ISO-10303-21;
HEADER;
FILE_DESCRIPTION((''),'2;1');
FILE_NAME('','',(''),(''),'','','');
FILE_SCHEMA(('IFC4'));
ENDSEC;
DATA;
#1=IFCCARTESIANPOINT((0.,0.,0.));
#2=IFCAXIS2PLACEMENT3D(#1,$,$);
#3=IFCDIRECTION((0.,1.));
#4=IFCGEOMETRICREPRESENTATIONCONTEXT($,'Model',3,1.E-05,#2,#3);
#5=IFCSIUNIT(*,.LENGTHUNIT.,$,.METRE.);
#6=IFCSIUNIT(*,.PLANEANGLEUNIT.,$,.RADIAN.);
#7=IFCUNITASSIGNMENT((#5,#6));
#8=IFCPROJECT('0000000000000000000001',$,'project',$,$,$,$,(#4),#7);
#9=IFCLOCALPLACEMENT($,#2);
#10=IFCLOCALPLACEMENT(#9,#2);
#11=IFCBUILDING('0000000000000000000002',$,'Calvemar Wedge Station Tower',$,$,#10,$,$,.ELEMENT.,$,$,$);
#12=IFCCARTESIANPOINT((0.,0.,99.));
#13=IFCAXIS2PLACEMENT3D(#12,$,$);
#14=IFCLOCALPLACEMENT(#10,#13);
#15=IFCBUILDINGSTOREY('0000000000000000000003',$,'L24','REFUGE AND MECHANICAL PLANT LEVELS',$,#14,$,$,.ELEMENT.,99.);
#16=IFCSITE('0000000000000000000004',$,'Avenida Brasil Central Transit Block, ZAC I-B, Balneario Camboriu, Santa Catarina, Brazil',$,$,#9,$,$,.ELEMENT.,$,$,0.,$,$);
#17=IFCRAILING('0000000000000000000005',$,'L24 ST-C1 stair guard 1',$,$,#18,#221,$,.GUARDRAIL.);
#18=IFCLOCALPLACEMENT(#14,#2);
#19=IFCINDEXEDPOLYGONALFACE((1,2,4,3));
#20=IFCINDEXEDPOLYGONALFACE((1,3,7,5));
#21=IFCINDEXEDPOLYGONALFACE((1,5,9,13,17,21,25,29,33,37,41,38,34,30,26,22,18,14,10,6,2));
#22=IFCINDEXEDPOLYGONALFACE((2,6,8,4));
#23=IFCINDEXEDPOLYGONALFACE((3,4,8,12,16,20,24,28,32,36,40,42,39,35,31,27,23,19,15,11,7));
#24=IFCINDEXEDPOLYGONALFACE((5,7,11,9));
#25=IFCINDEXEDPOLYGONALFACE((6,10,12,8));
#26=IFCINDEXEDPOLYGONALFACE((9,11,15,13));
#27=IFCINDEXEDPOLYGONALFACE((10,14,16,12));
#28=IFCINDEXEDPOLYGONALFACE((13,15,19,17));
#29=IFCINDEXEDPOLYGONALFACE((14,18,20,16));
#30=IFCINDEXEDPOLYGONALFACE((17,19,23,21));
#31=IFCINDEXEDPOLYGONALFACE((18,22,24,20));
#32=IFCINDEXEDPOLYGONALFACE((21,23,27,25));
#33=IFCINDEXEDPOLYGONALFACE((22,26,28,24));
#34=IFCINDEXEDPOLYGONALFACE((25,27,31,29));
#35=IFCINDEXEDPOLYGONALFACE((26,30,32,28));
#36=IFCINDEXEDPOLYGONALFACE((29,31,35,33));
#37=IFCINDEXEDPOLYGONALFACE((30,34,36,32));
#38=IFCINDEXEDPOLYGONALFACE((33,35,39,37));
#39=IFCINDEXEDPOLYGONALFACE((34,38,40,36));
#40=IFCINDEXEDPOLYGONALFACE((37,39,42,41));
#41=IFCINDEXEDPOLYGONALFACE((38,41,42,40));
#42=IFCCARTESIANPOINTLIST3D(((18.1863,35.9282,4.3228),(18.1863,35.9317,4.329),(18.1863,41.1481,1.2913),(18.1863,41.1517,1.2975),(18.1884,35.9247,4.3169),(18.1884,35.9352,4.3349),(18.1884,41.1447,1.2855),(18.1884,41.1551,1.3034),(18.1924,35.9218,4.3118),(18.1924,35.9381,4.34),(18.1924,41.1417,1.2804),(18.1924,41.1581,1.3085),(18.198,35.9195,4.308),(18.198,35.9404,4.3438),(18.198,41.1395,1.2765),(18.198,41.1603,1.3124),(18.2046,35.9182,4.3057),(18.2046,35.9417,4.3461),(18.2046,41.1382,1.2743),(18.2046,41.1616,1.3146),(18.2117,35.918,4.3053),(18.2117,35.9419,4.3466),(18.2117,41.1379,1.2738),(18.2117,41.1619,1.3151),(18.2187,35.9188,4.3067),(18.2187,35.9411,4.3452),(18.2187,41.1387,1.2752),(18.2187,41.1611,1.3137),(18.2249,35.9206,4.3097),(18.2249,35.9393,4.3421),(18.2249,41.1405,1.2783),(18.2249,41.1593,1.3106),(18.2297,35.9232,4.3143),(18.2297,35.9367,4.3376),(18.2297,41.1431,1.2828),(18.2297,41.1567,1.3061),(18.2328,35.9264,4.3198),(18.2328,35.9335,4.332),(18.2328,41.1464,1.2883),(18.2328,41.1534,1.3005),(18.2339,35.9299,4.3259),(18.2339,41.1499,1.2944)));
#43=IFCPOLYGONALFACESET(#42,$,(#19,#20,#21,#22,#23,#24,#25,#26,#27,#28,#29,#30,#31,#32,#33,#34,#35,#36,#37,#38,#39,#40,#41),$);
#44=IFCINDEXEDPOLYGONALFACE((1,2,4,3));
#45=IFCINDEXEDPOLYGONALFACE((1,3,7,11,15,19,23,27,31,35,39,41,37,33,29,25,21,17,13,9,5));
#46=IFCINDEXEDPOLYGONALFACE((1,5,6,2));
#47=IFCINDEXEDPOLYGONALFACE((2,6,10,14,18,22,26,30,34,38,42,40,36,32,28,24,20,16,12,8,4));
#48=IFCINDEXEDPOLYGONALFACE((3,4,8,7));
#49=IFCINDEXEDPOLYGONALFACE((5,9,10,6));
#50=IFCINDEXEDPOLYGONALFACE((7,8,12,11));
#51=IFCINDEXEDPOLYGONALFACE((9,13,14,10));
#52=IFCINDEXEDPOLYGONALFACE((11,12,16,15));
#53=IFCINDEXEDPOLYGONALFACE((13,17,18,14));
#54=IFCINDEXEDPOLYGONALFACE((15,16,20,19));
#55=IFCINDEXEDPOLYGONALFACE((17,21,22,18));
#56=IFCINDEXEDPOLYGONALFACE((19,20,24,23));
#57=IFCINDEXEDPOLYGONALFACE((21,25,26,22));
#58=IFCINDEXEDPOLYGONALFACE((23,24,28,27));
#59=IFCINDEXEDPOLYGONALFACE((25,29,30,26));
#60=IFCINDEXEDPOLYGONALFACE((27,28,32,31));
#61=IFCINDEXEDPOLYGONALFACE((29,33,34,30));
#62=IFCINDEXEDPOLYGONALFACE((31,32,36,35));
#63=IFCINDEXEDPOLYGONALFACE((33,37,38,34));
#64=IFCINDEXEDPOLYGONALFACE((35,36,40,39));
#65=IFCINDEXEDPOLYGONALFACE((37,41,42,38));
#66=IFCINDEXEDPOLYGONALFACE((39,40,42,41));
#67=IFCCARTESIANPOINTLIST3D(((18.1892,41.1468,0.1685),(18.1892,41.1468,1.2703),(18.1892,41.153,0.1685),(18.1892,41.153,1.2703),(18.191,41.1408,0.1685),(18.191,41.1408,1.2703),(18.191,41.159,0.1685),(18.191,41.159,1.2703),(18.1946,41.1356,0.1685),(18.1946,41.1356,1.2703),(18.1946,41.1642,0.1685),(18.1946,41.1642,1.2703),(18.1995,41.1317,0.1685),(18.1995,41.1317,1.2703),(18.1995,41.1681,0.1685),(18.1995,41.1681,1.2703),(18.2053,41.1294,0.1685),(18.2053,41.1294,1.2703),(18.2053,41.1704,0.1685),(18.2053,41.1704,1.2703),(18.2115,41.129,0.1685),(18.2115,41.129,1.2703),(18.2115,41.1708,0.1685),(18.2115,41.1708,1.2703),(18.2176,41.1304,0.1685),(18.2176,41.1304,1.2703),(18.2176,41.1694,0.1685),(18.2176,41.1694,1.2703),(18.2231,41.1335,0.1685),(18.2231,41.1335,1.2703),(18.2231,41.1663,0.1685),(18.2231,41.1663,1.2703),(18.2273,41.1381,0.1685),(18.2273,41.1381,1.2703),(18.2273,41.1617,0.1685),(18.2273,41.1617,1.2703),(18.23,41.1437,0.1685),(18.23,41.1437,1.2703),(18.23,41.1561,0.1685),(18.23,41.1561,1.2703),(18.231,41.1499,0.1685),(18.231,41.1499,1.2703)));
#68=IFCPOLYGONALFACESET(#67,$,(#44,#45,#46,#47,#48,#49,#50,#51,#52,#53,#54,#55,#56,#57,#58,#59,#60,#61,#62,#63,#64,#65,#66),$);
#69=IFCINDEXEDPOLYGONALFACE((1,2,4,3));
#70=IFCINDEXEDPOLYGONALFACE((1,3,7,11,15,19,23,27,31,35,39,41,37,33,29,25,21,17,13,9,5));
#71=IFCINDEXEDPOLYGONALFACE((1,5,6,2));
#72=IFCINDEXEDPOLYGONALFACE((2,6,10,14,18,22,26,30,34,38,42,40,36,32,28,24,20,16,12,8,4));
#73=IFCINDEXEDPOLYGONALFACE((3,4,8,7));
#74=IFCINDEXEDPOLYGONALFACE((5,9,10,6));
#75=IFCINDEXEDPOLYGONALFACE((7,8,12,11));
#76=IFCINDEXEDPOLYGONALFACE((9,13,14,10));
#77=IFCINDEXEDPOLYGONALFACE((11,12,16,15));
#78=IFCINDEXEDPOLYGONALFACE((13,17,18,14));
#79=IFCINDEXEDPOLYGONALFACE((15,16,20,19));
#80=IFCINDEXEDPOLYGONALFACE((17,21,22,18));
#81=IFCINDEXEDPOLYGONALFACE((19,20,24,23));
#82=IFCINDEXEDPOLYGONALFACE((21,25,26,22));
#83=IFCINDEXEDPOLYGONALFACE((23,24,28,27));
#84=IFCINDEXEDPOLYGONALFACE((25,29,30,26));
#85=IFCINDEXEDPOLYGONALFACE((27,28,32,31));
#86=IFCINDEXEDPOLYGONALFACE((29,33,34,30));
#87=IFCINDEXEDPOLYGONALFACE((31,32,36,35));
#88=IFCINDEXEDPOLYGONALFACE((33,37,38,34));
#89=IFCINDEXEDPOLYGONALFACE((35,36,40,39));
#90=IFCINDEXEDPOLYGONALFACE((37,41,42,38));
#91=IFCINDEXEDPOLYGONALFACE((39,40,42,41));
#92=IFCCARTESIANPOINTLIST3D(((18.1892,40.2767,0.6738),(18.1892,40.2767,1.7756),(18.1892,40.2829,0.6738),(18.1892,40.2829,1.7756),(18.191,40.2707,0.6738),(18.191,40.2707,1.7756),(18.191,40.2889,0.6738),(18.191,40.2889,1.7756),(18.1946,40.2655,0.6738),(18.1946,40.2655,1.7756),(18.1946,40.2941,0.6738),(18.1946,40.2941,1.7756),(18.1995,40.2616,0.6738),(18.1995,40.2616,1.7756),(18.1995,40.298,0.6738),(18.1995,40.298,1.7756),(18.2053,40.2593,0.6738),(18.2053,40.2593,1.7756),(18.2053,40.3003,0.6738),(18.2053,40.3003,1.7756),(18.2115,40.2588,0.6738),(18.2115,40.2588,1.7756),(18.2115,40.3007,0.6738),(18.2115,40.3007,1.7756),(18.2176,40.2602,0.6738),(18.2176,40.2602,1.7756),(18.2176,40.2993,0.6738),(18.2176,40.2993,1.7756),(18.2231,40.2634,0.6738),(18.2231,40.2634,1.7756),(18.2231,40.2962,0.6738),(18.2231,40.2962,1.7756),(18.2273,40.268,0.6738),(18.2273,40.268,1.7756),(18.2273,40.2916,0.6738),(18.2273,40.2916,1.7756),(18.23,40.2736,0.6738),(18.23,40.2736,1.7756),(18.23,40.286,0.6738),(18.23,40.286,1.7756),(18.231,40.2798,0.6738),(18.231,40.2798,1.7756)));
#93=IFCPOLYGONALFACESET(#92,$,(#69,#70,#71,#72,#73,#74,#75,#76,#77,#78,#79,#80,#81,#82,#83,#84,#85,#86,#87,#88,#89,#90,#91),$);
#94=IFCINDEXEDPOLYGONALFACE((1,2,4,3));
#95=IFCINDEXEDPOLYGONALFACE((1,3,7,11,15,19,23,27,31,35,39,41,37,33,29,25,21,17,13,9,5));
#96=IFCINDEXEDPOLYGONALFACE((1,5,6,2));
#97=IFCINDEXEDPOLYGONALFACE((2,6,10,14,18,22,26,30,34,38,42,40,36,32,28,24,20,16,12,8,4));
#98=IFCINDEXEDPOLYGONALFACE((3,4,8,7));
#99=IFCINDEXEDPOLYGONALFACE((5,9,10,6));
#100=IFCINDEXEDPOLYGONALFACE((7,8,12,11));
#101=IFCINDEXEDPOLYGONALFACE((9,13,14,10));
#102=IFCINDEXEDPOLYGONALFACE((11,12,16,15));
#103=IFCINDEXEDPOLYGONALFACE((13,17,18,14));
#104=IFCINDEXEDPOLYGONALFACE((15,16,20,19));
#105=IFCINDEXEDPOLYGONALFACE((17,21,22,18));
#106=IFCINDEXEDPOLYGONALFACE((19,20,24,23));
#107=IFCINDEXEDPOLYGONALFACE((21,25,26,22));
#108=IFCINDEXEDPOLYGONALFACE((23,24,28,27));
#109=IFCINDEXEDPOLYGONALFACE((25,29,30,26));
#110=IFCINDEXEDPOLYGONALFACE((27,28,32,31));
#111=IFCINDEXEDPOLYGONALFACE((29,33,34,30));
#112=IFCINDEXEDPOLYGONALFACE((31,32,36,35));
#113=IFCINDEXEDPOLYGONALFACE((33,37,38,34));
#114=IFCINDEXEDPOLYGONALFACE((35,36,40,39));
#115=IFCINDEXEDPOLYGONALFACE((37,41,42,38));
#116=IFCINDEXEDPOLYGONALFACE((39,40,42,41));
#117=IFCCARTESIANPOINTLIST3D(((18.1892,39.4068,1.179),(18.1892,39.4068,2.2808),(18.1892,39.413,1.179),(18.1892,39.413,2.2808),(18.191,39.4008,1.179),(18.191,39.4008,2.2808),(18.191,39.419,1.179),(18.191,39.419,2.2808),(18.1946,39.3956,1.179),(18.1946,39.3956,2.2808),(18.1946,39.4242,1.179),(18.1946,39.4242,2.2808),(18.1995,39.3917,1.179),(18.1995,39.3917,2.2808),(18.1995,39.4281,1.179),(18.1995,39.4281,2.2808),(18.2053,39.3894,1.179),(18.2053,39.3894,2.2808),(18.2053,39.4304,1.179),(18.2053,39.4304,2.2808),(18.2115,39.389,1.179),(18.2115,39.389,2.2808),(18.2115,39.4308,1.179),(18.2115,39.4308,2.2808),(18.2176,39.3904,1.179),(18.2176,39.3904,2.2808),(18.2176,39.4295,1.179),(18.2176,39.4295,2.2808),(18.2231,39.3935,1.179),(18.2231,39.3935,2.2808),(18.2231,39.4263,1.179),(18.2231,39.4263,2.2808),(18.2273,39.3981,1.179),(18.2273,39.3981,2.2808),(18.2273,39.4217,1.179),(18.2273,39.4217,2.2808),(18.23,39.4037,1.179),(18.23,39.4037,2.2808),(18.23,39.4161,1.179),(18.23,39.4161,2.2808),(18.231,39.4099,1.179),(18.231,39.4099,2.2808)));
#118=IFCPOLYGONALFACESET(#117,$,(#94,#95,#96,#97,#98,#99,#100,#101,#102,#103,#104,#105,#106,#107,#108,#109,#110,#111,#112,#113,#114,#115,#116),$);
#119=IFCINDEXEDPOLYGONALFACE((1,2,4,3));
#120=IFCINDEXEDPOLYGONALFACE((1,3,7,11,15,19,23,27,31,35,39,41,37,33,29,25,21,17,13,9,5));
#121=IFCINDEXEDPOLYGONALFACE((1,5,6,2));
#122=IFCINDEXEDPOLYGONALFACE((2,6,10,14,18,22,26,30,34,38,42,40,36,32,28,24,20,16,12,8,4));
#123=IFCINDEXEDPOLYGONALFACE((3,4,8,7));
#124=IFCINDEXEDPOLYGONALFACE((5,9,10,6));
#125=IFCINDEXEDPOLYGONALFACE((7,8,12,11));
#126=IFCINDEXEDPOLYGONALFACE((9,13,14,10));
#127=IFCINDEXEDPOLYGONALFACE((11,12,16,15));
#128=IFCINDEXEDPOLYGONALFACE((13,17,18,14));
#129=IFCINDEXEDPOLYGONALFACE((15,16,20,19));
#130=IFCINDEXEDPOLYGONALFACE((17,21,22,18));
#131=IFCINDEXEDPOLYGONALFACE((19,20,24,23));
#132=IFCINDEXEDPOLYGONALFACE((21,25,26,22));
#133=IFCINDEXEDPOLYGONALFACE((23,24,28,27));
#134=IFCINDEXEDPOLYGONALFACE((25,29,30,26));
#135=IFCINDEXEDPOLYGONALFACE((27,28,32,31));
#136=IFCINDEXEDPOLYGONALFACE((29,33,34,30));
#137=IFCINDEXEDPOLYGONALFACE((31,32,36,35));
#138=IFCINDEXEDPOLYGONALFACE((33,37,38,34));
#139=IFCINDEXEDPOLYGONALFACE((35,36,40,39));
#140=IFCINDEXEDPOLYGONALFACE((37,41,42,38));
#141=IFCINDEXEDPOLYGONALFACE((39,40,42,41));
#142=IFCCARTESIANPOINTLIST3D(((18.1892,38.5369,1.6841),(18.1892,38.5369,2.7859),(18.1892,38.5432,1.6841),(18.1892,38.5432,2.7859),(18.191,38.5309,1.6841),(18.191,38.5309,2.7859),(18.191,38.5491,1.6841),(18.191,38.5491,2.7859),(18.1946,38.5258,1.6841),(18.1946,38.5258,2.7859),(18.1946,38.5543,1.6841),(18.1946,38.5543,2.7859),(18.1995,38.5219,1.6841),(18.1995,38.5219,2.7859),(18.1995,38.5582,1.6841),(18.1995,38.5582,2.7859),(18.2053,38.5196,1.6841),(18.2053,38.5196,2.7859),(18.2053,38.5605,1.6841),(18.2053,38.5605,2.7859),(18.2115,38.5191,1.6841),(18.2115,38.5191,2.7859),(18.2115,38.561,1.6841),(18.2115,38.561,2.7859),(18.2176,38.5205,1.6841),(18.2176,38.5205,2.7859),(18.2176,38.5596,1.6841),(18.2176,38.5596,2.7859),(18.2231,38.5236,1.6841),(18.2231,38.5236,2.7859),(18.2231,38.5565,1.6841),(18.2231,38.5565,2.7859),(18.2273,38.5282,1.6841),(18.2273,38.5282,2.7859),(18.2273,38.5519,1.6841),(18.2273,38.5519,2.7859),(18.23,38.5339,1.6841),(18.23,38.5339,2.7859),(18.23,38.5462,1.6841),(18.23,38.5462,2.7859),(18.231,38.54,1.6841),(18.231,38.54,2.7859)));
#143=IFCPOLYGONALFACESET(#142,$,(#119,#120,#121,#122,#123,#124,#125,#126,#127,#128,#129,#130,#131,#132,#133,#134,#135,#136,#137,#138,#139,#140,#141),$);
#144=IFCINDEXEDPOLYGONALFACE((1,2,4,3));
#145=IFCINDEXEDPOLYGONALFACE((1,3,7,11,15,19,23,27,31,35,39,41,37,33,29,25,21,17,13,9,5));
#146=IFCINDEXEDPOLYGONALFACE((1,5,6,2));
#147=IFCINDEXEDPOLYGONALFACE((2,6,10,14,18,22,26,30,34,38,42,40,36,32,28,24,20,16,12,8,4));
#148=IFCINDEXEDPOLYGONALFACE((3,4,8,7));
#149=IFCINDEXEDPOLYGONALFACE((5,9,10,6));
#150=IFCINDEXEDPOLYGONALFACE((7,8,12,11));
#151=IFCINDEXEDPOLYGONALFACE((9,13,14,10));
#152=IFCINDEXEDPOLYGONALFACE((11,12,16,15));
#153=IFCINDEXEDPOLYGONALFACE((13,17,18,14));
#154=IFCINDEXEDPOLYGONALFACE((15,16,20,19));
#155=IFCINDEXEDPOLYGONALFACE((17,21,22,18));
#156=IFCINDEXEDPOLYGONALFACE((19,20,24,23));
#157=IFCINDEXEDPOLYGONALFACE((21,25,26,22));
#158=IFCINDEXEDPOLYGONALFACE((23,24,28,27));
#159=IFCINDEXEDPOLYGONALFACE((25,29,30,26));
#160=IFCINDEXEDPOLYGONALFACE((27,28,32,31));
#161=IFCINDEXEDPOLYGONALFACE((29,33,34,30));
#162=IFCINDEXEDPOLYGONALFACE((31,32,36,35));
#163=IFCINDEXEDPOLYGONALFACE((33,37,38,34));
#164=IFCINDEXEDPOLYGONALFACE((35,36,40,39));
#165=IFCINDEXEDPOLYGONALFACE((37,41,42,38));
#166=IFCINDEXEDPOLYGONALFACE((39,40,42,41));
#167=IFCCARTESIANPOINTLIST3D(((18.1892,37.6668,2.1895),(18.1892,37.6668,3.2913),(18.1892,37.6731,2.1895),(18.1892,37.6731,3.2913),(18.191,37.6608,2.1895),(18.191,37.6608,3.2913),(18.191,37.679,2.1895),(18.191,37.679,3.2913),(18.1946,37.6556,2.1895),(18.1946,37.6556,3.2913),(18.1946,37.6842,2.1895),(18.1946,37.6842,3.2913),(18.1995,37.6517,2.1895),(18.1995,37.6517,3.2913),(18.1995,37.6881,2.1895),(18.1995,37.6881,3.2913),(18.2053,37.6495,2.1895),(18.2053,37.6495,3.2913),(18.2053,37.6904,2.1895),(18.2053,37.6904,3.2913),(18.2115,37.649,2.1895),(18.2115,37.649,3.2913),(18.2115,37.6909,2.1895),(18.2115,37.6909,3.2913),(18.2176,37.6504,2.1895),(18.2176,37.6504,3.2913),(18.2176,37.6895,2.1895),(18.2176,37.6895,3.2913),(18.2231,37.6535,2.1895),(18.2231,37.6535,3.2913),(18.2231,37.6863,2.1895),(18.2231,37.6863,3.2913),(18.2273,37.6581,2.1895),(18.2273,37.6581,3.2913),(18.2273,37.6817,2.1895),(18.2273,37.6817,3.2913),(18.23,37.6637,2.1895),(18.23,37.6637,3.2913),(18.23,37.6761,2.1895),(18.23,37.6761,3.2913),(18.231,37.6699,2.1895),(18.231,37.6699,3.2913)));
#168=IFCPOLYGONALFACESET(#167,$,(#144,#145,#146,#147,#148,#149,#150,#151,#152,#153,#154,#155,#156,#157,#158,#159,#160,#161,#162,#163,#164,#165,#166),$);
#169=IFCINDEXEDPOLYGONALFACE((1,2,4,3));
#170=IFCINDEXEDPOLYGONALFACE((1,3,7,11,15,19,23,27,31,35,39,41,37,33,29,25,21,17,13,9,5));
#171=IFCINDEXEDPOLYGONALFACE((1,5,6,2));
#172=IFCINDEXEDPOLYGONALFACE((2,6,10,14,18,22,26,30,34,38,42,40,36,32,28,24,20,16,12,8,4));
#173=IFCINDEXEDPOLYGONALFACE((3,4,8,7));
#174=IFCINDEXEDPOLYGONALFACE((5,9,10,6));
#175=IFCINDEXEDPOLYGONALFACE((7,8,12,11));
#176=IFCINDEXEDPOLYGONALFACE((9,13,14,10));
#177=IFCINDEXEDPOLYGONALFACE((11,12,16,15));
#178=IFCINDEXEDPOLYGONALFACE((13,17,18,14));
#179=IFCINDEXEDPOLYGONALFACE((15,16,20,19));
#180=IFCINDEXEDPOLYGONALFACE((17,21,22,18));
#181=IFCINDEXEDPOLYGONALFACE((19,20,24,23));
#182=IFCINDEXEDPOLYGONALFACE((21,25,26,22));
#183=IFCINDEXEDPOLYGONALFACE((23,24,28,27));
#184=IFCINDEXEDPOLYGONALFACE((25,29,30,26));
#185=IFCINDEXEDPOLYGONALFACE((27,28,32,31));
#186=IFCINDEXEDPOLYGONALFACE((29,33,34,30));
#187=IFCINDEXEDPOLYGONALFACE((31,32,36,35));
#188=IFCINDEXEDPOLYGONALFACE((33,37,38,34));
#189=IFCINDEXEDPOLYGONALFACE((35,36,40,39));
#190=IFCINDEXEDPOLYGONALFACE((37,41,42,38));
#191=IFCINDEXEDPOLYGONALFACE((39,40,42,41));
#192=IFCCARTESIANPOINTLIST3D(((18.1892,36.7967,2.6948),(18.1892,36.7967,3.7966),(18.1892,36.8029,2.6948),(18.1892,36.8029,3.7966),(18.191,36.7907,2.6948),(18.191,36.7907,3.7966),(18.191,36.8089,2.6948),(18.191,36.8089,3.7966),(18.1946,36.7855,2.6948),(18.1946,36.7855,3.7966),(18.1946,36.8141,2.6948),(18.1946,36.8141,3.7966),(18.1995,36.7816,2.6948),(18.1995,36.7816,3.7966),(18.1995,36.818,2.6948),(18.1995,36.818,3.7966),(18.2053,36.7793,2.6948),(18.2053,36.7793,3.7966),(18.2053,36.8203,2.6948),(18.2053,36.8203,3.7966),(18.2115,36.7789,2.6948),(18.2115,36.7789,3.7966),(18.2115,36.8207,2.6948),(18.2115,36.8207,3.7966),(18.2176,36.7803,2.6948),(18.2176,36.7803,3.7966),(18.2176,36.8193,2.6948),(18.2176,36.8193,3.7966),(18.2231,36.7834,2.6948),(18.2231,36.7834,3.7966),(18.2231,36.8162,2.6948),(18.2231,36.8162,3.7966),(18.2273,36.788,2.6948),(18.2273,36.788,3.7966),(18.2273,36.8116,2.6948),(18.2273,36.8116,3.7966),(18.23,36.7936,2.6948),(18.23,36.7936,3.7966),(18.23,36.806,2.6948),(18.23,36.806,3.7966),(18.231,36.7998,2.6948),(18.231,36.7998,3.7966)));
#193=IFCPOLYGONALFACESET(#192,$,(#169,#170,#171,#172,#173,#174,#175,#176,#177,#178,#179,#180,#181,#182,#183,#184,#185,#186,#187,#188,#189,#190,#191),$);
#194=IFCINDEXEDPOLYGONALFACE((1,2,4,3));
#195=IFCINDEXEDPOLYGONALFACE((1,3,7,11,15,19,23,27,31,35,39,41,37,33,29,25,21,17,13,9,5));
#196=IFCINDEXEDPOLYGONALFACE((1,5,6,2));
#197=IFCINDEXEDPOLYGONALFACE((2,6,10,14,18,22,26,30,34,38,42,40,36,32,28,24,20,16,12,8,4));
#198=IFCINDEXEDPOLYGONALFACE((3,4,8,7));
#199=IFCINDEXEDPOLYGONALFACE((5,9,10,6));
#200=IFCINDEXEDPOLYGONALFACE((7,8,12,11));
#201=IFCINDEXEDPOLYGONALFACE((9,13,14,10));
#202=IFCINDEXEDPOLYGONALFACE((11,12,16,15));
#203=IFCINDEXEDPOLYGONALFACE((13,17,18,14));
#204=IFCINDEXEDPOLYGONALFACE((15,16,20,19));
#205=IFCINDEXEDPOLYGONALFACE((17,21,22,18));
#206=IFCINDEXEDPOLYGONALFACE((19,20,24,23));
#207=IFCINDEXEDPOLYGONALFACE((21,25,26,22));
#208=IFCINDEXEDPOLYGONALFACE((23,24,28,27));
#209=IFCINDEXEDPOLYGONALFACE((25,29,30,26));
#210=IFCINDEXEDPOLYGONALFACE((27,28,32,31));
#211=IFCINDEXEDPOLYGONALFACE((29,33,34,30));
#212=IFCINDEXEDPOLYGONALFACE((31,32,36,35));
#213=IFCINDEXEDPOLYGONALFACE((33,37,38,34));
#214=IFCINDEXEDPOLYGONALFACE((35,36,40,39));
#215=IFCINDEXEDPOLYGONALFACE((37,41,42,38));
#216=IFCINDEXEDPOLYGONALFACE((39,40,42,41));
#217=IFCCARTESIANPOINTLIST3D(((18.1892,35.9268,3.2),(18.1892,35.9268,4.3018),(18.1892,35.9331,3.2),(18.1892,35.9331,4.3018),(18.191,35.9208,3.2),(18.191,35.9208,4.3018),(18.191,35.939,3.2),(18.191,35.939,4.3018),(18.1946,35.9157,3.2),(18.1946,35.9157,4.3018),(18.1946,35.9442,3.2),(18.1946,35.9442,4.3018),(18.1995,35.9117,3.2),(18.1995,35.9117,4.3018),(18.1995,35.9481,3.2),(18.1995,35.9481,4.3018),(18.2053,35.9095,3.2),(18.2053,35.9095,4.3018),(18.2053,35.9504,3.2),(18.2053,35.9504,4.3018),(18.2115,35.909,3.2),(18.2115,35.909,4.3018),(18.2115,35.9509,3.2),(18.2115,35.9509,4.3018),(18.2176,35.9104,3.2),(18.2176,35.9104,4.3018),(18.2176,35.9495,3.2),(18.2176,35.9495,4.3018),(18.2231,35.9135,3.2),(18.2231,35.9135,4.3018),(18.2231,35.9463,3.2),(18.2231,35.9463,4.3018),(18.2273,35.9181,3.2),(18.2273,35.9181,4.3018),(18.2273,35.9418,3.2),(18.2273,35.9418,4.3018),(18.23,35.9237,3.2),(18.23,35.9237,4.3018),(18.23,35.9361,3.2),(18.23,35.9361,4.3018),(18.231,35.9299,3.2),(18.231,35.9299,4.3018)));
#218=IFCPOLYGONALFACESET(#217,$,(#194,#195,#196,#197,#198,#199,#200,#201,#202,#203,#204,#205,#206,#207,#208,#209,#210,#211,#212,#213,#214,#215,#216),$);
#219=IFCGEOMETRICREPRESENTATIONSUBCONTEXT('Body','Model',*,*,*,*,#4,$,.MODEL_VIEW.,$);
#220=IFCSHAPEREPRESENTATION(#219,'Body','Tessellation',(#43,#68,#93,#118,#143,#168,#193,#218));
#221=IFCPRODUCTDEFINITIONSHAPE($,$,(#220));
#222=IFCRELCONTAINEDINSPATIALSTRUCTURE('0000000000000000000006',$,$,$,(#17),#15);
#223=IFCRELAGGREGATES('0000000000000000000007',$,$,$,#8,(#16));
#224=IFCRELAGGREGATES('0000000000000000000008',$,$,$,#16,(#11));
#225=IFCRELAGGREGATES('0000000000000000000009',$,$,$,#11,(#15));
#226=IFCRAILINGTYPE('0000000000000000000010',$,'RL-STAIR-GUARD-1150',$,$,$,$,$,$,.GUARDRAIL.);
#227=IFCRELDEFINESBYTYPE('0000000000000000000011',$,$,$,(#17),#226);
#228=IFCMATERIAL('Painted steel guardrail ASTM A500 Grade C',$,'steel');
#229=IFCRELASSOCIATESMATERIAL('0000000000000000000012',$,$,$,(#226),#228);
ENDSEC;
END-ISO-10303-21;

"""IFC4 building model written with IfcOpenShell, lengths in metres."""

from ifc_helpers import new_model, si_unit, direction, frame, origin, origin_2d, place, context, subcontext, project, spatial, circle, extrude, material, type_object, element, save


model = new_model("IFC4")

# Units and contexts
model_context = context("Model", 3, precision=1e-05, world=origin(), true_north=direction((0.0, 1.0)))
body_context = subcontext(model_context, "Body", "Model", "MODEL_VIEW")
ifc_project = project(units=[si_unit("LENGTHUNIT", "METRE"), si_unit("PLANEANGLEUNIT", "RADIAN")], contexts=[model_context])

# Site, building, storey
site_placement = place(None, origin())
site = spatial("IfcSite", under=ifc_project, at=site_placement, Name="Avenida Brasil Central Transit Block, ZAC I-B, Balneario Camboriu, Santa Catarina, Brazil", CompositionType="ELEMENT", RefElevation=0.0)
building_placement = place(site_placement, origin())
building = spatial("IfcBuilding", under=site, at=building_placement, Name="Calvemar Wedge Station Tower", CompositionType="ELEMENT")
storey_placement = place(building_placement, frame((0.0, 0.0, 99.0)))
storey = spatial("IfcBuildingStorey", under=building, at=storey_placement, Name="L24", Description="REFUGE AND MECHANICAL PLANT LEVELS", CompositionType="ELEMENT", Elevation=99.0)

# Railing
ifc_material_1 = material(Name="Painted steel guardrail ASTM A500 Grade C", Category="steel")
railing_type_1 = type_object("IfcRailingType", Name="RL-STAIR-GUARD-1150", PredefinedType="GUARDRAIL", material=ifc_material_1)
railing_1_placement = place(storey_placement, frame((18.21, 41.1499, 0.1685)))
element("IfcRailing", 1, at=railing_1_placement, inside=storey, type_object=railing_type_1, Name="L24 ST-C1 stair guard 1", PredefinedType="GUARDRAIL", context=body_context, shape_type="SweptSolid", body=[
    extrude(circle(Radius=0.0239, at=origin_2d()), frame((0.0, 0.0, 1.126), z_axis=(0.0, -0.86475, 0.502203), x_axis=(1.0, 0.0, 0.0)), (0.0, 0.0, 1.0), 6.0364),
    extrude(circle(Radius=0.021, at=origin_2d()), origin(), (0.0, 0.0, 1.0), 1.1018),
    extrude(circle(Radius=0.021, at=origin_2d()), frame((0.0, -0.8701, 0.5054)), (0.0, 0.0, 1.0), 1.1018),
    extrude(circle(Radius=0.021, at=origin_2d()), frame((0.0, -1.74, 1.0105)), (0.0, 0.0, 1.0), 1.1018),
    extrude(circle(Radius=0.021, at=origin_2d()), frame((0.0, -2.6099, 1.5156)), (0.0, 0.0, 1.0), 1.1018),
    extrude(circle(Radius=0.021, at=origin_2d()), frame((0.0, -3.48, 2.021)), (0.0, 0.0, 1.0), 1.1018),
    extrude(circle(Radius=0.021, at=origin_2d()), frame((0.0, -4.3501, 2.5264)), (0.0, 0.0, 1.0), 1.1018),
    extrude(circle(Radius=0.021, at=origin_2d()), frame((0.0, -5.22, 3.0315)), (0.0, 0.0, 1.0), 1.1018),
])

save(model, "model.ifc")
